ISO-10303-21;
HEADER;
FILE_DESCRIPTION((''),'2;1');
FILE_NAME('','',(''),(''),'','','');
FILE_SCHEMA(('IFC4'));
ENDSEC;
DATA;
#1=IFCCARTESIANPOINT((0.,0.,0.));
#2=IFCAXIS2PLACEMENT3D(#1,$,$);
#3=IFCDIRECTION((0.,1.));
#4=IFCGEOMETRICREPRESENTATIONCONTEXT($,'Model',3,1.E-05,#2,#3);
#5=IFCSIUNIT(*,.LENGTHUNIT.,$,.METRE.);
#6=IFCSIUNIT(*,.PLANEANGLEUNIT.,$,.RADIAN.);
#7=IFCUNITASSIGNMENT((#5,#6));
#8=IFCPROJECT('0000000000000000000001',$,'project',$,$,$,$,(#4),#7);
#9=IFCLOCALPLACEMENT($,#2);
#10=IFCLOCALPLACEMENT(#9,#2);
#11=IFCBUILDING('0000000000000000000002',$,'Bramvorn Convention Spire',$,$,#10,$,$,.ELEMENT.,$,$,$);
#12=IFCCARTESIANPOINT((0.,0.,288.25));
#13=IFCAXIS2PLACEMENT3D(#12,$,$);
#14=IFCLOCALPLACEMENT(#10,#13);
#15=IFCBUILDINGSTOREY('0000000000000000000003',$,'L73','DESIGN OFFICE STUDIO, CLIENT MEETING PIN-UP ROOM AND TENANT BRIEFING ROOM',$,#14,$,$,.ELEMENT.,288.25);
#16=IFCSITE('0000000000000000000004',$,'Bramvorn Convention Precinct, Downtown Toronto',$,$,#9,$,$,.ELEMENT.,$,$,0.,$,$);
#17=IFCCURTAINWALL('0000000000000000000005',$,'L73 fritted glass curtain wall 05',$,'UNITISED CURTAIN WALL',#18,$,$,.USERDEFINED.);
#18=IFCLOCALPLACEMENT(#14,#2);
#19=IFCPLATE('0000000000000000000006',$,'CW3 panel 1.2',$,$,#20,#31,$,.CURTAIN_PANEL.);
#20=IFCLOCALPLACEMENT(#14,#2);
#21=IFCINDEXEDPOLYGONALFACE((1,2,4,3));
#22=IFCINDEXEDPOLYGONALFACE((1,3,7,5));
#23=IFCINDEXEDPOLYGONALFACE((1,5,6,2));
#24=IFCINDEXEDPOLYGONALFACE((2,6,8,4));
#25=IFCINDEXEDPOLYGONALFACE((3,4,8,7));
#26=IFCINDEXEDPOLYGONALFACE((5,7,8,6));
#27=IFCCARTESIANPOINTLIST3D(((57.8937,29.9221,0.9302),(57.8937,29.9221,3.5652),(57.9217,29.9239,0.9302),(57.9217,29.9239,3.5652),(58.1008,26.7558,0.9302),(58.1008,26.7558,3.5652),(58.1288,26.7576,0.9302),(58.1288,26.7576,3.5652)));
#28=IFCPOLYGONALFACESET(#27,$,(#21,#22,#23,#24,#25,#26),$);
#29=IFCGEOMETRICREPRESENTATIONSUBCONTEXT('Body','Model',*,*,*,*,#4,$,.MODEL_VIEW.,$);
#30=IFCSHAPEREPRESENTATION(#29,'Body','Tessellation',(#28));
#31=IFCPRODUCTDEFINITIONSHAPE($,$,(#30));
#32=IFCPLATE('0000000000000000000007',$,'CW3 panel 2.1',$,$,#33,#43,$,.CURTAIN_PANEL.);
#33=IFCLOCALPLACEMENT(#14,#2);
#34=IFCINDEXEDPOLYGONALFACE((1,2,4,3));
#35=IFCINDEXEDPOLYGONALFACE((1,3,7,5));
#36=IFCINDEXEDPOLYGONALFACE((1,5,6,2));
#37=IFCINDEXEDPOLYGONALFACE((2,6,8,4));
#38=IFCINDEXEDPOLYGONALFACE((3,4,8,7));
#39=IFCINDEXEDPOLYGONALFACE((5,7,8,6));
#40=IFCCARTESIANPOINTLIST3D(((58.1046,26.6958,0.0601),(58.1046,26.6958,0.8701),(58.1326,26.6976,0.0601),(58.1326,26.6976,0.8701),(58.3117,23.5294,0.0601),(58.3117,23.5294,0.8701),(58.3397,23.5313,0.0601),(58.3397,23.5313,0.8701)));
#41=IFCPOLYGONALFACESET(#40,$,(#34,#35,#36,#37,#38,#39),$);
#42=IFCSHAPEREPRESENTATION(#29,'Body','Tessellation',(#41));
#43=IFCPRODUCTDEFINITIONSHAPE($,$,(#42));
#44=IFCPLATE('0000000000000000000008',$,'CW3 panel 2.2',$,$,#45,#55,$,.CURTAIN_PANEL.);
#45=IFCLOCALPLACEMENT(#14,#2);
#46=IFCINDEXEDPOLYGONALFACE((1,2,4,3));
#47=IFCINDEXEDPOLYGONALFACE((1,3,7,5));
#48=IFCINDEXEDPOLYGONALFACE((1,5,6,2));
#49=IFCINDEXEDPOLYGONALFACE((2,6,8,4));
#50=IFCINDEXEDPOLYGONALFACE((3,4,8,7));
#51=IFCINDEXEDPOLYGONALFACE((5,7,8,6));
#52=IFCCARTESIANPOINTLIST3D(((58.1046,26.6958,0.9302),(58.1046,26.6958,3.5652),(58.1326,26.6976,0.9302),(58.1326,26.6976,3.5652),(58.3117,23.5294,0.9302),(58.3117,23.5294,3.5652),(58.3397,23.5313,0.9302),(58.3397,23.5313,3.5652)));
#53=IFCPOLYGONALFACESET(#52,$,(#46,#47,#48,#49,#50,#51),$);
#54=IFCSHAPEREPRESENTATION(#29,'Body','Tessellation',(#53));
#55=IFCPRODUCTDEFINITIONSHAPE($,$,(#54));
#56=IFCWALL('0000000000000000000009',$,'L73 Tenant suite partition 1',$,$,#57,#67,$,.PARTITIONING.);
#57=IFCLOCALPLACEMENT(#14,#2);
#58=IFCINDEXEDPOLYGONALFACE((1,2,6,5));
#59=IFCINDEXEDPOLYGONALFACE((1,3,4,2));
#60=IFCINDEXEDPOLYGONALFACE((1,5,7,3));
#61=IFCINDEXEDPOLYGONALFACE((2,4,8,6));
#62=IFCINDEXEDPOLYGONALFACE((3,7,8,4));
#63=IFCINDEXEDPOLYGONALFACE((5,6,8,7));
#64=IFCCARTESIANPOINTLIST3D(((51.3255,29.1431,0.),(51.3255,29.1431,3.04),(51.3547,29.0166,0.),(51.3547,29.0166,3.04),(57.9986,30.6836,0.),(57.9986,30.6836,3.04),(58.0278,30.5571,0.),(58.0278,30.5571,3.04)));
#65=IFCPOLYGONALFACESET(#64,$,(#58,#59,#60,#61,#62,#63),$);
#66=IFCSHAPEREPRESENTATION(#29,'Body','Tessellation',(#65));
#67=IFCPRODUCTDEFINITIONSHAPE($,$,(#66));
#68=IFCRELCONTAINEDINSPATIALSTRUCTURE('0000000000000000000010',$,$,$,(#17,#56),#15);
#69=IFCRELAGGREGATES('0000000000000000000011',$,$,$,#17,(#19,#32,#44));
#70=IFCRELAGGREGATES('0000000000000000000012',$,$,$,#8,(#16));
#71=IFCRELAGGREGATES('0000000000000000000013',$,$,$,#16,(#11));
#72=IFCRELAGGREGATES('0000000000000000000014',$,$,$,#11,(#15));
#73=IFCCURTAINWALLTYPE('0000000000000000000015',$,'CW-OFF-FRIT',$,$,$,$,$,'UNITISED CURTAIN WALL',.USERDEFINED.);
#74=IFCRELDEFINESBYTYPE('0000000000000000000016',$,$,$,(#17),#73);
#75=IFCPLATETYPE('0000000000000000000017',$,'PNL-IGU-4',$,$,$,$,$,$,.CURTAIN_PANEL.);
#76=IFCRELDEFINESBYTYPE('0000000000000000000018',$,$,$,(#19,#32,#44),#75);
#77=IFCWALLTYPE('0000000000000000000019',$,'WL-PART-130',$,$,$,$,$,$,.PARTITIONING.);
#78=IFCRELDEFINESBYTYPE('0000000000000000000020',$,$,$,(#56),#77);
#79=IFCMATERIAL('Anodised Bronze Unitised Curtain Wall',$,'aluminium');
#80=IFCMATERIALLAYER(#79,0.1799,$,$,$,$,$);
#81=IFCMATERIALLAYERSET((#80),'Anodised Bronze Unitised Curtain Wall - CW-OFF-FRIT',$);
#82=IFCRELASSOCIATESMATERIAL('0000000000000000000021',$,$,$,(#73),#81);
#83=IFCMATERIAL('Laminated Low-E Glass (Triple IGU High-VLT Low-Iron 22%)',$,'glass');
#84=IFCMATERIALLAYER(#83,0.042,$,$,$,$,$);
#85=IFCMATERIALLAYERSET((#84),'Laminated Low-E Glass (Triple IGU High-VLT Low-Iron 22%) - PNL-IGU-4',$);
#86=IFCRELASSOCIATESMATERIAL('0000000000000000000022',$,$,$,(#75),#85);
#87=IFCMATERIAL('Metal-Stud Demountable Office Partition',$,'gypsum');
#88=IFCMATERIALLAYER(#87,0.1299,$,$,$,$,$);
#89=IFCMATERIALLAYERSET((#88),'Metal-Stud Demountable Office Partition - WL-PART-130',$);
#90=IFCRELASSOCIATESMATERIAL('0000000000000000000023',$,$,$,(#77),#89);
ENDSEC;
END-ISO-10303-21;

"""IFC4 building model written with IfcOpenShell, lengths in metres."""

from ifc_helpers import new_model, si_unit, direction, frame, frame_2d, origin, origin_2d, place, context, subcontext, project, spatial, rectangle, extrude, material, layer, layer_set, type_object, element, aggregate, save


model = new_model("IFC4")

# Units and contexts
model_context = context("Model", 3, precision=1e-05, world=origin(), true_north=direction((0.0, 1.0)))
body_context = subcontext(model_context, "Body", "Model", "MODEL_VIEW")
ifc_project = project(units=[si_unit("LENGTHUNIT", "METRE"), si_unit("PLANEANGLEUNIT", "RADIAN")], contexts=[model_context])

# Site, building, storey
site_placement = place(None, origin())
site = spatial("IfcSite", under=ifc_project, at=site_placement, Name="Bramvorn Convention Precinct, Downtown Toronto", CompositionType="ELEMENT", RefElevation=0.0)
building_placement = place(site_placement, origin())
building = spatial("IfcBuilding", under=site, at=building_placement, Name="Bramvorn Convention Spire", CompositionType="ELEMENT")
storey_placement = place(building_placement, frame((0.0, 0.0, 288.25)))
storey = spatial("IfcBuildingStorey", under=building, at=storey_placement, Name="L73", Description="DESIGN OFFICE STUDIO, CLIENT MEETING PIN-UP ROOM AND TENANT BRIEFING ROOM", CompositionType="ELEMENT", Elevation=288.25)

# Curtain wall, plates
ifc_material_1 = material(Name="Anodised Bronze Unitised Curtain Wall", Category="aluminium")
ifc_layer_1 = layer(ifc_material_1, 0.1799)
ifc_layer_set_1 = layer_set([ifc_layer_1], Name="Anodised Bronze Unitised Curtain Wall - CW-OFF-FRIT")
curtain_wall_type = type_object("IfcCurtainWallType", Name="CW-OFF-FRIT", ElementType="UNITISED CURTAIN WALL", PredefinedType="USERDEFINED", material=ifc_layer_set_1)
curtain_wall_placement = place(storey_placement, origin())
curtain_wall = element("IfcCurtainWall", 1, at=curtain_wall_placement, inside=storey, type_object=curtain_wall_type, Name="L73 fritted glass curtain wall 05", ObjectType="UNITISED CURTAIN WALL", PredefinedType="USERDEFINED")
ifc_material_2 = material(Name="Laminated Low-E Glass (Triple IGU High-VLT Low-Iron 22%)", Category="glass")
ifc_layer_2 = layer(ifc_material_2, 0.042)
ifc_layer_set_2 = layer_set([ifc_layer_2], Name="Laminated Low-E Glass (Triple IGU High-VLT Low-Iron 22%) - PNL-IGU-4")
plate_type = type_object("IfcPlateType", Name="PNL-IGU-4", PredefinedType="CURTAIN_PANEL", material=ifc_layer_set_2)
plate_1_placement = place(storey_placement, frame((58.0112, 28.3398, 0.9302), z_axis=(0.0, 0.0, 1.0), x_axis=(0.065261, -0.997868, 0.0)))
plate_1 = element("IfcPlate", 2, at=plate_1_placement, type_object=plate_type, Name="CW3 panel 1.2", PredefinedType="CURTAIN_PANEL", context=body_context, shape_type="SweptSolid", body=[
    extrude(rectangle(XDim=3.1731, YDim=0.0281, at=origin_2d()), origin(), (0.0, 0.0, 1.0), 2.635),
])
plate_2_placement = place(storey_placement, frame((58.2222, 25.1135, 0.0601), z_axis=(0.0, 0.0, 1.0), x_axis=(0.065261, -0.997868, 0.0)))
plate_2 = element("IfcPlate", 3, at=plate_2_placement, type_object=plate_type, Name="CW3 panel 2.1", PredefinedType="CURTAIN_PANEL", context=body_context, shape_type="SweptSolid", body=[
    extrude(rectangle(XDim=3.1731, YDim=0.0281, at=origin_2d()), origin(), (0.0, 0.0, 1.0), 0.8101),
])
plate_3_placement = place(storey_placement, frame((58.2222, 25.1135, 0.9302), z_axis=(0.0, 0.0, 1.0), x_axis=(0.065261, -0.997868, 0.0)))
plate_3 = element("IfcPlate", 4, at=plate_3_placement, type_object=plate_type, Name="CW3 panel 2.2", PredefinedType="CURTAIN_PANEL", context=body_context, shape_type="SweptSolid", body=[
    extrude(rectangle(XDim=3.1731, YDim=0.0281, at=origin_2d()), origin(), (0.0, 0.0, 1.0), 2.635),
])
aggregate(curtain_wall, [plate_1, plate_2, plate_3])

# Wall
ifc_material_3 = material(Name="Metal-Stud Demountable Office Partition", Category="gypsum")
ifc_layer_3 = layer(ifc_material_3, 0.1299)
ifc_layer_set_3 = layer_set([ifc_layer_3], Name="Metal-Stud Demountable Office Partition - WL-PART-130")
wall_type = type_object("IfcWallType", Name="WL-PART-130", PredefinedType="PARTITIONING", material=ifc_layer_set_3)
wall_placement = place(storey_placement, frame((51.3401, 29.0798, 0.0), z_axis=(0.0, 0.0, 1.0), x_axis=(0.974373, 0.22494, 0.0)))
element("IfcWall", 5, at=wall_placement, inside=storey, type_object=wall_type, Name="L73 Tenant suite partition 1", PredefinedType="PARTITIONING", context=body_context, shape_type="SweptSolid", body=[
    extrude(rectangle(XDim=6.8486, YDim=0.1299, at=frame_2d((3.4243, 0.0))), origin(), (0.0, 0.0, 1.0), 3.04),
])

save(model, "model.ifc")
